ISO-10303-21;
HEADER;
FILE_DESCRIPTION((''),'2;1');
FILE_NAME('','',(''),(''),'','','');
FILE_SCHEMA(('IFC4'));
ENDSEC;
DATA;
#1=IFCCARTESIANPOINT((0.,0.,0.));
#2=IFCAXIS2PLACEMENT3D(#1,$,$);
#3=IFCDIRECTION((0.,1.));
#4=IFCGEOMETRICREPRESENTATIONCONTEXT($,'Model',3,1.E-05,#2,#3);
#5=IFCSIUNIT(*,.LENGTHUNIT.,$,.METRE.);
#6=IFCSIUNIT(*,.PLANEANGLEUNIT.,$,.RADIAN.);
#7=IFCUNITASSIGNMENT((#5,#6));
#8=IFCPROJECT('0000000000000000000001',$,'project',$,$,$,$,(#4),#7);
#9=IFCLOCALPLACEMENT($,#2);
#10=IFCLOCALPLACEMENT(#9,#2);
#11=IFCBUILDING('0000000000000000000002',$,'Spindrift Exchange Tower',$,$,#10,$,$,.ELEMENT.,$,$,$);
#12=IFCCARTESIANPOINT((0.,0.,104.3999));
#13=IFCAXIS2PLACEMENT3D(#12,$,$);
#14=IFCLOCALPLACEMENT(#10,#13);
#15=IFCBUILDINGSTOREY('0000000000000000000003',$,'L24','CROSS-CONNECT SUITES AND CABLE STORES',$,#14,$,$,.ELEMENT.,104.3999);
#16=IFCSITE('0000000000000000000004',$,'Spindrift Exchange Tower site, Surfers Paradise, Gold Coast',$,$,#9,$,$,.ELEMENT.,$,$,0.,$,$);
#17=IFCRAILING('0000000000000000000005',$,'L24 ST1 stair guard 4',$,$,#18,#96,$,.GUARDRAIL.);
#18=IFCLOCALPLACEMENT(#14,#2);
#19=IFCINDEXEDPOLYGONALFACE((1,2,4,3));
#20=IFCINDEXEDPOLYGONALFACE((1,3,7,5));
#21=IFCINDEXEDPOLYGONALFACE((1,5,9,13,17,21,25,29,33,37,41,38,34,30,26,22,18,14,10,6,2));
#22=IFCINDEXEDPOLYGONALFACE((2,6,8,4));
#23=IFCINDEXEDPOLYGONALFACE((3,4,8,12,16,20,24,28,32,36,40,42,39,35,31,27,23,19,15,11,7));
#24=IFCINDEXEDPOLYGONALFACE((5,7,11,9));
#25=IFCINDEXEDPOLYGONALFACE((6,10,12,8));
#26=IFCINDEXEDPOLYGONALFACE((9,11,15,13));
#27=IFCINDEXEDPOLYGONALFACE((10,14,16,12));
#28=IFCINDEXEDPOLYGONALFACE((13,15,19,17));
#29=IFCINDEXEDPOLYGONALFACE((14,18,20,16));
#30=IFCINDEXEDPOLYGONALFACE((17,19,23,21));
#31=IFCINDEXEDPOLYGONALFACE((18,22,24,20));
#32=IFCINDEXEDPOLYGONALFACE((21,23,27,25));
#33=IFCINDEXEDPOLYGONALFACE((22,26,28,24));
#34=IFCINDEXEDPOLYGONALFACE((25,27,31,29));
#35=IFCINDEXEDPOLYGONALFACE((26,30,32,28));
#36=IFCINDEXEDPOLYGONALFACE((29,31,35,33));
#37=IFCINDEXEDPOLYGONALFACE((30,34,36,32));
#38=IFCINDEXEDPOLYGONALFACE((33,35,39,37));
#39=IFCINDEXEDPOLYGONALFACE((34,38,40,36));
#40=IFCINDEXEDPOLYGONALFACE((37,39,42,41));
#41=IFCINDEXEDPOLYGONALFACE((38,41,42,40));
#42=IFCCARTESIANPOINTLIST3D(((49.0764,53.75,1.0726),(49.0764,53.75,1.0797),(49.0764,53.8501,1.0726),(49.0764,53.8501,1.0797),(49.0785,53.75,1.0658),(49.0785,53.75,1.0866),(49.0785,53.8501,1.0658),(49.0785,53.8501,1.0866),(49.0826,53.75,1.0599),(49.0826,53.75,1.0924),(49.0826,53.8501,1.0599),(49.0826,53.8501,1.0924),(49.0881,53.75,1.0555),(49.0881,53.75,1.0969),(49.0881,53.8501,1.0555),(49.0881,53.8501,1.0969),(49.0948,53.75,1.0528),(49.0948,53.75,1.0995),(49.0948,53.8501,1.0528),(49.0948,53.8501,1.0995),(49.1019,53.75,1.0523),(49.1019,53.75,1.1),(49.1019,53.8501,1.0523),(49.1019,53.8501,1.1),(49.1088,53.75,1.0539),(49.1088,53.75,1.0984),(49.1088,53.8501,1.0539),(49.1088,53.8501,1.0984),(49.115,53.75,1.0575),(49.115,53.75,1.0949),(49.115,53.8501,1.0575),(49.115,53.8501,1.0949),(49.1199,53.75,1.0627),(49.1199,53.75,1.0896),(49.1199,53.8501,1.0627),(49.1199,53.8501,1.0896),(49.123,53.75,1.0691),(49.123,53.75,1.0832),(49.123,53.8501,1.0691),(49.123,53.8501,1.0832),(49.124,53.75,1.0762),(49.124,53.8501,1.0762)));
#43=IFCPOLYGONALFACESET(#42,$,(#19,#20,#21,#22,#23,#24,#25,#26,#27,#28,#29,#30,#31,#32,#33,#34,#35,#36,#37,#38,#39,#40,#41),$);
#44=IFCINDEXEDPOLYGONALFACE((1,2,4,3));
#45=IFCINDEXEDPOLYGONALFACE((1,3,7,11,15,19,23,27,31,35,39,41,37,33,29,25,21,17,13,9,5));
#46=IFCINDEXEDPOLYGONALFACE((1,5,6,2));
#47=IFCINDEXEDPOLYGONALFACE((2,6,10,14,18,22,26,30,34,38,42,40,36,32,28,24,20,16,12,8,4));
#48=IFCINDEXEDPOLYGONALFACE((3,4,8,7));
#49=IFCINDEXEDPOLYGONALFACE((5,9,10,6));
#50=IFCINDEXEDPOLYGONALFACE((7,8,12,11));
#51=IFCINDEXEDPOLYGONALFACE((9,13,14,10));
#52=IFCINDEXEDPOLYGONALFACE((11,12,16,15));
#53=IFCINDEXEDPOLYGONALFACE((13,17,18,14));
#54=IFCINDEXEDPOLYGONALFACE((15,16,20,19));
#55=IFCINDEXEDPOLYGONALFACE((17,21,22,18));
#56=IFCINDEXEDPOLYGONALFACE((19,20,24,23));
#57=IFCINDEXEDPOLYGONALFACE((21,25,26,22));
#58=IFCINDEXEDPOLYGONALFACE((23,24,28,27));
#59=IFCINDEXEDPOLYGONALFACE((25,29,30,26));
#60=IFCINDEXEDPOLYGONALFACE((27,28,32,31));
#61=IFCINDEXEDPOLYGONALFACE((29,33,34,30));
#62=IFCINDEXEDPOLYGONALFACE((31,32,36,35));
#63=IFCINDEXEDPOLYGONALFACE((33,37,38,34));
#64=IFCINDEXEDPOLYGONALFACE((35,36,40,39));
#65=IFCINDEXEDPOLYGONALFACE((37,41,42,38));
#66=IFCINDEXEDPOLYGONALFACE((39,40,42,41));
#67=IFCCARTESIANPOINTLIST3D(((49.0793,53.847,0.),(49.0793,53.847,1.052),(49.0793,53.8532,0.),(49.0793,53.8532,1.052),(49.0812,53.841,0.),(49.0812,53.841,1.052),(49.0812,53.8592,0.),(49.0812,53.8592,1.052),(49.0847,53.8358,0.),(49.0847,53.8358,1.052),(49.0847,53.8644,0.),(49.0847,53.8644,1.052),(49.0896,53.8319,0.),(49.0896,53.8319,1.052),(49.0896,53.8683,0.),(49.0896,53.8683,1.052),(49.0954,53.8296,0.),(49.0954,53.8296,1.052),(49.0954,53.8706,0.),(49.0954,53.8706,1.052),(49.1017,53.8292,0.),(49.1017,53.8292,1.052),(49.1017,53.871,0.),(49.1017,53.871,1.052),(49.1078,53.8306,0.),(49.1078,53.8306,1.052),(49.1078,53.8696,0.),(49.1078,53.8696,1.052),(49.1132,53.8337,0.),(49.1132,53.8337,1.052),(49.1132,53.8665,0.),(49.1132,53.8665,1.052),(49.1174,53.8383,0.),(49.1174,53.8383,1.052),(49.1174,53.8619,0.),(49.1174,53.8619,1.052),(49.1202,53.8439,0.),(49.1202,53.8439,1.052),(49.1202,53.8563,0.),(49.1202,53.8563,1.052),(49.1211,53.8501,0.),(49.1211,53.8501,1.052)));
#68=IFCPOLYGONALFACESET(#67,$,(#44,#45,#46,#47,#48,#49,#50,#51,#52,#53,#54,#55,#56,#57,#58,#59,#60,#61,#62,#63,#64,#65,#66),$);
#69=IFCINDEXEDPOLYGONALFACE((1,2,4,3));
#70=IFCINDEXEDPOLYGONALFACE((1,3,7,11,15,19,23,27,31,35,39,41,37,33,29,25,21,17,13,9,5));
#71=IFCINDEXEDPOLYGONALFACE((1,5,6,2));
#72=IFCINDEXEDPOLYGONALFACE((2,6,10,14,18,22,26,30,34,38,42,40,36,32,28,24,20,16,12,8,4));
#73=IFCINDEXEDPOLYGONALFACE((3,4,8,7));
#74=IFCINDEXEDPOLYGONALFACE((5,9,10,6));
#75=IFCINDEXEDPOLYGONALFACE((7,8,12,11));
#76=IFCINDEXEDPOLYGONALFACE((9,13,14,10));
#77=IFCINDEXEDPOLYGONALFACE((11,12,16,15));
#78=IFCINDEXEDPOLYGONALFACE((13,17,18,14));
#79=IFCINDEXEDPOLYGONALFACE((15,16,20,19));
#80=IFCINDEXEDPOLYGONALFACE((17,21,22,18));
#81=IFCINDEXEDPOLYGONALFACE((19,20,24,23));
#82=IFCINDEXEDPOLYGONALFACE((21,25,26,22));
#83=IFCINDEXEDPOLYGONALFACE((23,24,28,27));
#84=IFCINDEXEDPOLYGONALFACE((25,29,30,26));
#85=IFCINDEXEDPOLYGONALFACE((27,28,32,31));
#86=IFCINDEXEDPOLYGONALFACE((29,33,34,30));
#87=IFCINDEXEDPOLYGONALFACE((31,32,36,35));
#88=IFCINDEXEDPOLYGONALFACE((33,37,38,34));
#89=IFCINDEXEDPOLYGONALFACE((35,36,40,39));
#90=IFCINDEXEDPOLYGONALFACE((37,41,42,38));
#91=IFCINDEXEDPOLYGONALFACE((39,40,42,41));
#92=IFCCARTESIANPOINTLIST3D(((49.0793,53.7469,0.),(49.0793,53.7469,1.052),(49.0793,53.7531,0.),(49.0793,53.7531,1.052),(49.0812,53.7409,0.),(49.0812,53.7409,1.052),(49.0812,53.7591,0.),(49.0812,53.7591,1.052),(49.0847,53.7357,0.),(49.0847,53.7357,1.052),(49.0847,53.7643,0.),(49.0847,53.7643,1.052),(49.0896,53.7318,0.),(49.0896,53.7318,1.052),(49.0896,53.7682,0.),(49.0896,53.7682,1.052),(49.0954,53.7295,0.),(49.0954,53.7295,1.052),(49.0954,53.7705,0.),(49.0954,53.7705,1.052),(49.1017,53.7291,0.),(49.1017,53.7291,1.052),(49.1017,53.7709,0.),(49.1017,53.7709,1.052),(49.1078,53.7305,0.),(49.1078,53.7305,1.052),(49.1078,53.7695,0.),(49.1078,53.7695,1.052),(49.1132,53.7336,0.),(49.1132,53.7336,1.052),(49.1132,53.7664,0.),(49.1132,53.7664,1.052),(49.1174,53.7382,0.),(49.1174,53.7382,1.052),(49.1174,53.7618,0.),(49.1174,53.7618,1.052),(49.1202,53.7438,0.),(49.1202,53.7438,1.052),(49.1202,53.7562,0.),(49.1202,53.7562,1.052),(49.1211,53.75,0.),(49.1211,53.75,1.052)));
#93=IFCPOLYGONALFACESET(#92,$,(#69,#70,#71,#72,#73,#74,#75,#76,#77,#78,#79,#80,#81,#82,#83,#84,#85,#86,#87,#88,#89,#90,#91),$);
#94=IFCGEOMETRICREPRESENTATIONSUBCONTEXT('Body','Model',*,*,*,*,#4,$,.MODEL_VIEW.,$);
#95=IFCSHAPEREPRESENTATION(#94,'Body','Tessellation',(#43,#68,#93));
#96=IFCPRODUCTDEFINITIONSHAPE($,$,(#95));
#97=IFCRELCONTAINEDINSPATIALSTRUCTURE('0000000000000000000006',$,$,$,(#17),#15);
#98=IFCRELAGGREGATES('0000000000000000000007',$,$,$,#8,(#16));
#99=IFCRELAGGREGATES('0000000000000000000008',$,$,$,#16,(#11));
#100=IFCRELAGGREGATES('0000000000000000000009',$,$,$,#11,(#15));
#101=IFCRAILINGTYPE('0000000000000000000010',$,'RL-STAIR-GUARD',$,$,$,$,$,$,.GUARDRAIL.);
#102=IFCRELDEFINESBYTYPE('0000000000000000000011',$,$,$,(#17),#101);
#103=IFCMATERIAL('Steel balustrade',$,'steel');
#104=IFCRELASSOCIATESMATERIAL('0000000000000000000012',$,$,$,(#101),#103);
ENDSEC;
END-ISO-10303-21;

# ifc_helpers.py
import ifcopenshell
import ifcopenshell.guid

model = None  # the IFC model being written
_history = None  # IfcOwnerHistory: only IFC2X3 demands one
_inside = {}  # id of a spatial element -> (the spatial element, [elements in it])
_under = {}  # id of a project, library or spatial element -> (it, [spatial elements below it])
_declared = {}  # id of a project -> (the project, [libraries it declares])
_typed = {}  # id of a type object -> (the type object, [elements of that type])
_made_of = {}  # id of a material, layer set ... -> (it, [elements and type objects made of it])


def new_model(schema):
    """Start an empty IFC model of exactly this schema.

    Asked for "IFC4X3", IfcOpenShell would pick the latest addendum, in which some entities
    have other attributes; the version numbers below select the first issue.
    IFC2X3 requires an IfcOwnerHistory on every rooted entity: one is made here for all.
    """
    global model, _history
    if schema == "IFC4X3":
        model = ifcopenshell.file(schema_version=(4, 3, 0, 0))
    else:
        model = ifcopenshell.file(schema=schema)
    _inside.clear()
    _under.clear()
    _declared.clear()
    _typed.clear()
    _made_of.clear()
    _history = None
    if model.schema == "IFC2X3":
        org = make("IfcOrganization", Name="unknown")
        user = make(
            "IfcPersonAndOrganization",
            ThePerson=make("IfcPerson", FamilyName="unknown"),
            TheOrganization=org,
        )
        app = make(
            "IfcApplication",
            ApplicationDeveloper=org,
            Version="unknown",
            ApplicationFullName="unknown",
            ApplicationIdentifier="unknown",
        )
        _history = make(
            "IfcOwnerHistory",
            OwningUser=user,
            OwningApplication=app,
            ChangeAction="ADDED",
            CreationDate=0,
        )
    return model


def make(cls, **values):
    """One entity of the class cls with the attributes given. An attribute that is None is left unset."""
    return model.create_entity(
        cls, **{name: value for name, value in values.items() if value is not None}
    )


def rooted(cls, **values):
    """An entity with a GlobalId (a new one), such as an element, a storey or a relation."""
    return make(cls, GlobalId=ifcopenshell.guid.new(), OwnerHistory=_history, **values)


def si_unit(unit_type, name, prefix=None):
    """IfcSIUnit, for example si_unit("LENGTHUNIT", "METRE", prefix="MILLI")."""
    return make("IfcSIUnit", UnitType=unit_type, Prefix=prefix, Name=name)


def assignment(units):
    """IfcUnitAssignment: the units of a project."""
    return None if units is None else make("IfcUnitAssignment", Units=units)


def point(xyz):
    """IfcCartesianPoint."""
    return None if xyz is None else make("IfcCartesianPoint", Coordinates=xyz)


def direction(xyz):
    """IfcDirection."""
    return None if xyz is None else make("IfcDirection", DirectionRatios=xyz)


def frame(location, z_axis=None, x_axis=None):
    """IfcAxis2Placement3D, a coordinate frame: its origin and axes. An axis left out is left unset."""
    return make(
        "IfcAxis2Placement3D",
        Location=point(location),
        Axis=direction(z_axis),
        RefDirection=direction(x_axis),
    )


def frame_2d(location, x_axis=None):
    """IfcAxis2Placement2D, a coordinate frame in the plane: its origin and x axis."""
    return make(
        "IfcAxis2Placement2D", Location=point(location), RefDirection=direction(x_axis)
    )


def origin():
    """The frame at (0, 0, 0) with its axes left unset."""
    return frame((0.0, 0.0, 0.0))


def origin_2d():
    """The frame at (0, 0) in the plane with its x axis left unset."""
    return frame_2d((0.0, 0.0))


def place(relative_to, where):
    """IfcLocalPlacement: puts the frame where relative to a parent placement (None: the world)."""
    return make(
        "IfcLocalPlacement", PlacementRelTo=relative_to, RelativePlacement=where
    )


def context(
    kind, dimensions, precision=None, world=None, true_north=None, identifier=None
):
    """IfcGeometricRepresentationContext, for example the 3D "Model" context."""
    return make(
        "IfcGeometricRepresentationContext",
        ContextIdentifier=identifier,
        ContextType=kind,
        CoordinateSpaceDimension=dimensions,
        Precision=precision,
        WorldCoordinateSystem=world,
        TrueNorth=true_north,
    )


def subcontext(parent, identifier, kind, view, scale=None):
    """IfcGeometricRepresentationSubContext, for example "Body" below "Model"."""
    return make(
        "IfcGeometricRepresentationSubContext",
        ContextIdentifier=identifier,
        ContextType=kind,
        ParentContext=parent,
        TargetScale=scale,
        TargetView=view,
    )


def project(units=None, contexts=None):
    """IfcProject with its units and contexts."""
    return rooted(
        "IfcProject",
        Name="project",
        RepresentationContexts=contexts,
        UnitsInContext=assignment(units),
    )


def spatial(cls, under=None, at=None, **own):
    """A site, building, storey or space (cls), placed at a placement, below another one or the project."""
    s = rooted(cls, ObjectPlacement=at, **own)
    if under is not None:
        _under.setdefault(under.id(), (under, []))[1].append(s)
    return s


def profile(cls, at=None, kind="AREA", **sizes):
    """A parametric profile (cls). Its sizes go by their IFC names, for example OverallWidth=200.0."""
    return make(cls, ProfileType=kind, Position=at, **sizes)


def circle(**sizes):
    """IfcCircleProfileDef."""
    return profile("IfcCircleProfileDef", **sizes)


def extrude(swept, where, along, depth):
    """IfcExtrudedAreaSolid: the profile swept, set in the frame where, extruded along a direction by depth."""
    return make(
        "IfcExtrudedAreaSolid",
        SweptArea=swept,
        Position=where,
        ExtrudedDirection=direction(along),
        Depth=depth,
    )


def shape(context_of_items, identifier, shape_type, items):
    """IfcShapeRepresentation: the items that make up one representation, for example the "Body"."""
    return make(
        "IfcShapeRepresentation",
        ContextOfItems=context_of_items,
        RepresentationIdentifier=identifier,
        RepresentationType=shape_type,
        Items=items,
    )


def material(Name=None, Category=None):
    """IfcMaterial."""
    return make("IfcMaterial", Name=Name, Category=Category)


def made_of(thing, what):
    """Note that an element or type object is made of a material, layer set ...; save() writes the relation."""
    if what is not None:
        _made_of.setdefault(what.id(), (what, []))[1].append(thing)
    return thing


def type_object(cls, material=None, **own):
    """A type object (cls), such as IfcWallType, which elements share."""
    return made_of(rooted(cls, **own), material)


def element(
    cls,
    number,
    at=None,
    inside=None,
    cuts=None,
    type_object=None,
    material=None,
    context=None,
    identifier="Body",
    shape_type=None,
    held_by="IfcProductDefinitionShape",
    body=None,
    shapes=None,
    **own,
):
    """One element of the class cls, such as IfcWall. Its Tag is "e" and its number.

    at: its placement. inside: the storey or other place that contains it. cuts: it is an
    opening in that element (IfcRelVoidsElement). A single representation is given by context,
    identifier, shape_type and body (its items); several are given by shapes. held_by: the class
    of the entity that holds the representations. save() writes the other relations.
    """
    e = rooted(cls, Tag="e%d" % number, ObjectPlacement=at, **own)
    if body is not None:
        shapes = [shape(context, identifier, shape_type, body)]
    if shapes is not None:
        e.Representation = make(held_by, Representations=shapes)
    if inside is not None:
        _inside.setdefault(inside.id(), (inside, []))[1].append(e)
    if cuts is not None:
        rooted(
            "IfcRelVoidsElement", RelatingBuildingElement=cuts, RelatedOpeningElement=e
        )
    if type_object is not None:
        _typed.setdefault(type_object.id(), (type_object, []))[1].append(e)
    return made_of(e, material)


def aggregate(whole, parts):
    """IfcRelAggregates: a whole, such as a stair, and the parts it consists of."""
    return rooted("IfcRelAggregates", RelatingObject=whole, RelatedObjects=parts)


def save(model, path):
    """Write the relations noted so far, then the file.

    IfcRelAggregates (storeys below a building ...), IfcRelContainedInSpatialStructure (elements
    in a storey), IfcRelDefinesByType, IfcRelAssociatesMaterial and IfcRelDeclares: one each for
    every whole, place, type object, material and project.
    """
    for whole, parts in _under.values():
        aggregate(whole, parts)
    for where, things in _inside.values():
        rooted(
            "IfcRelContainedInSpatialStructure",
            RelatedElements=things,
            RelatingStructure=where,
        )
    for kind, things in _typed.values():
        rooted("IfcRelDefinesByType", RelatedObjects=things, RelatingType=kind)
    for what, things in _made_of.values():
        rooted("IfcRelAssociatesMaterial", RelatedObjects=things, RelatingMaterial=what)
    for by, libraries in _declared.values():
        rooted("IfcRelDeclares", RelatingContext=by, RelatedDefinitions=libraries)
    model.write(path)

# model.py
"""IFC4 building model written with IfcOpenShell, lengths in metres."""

from ifc_helpers import new_model, si_unit, direction, frame, origin, origin_2d, place, context, subcontext, project, spatial, circle, extrude, material, type_object, element, save


model = new_model("IFC4")

# Units and contexts
model_context = context("Model", 3, precision=1e-05, world=origin(), true_north=direction((0.0, 1.0)))
body_context = subcontext(model_context, "Body", "Model", "MODEL_VIEW")
ifc_project = project(units=[si_unit("LENGTHUNIT", "METRE"), si_unit("PLANEANGLEUNIT", "RADIAN")], contexts=[model_context])

# Site, building, storey
site_placement = place(None, origin())
site = spatial("IfcSite", under=ifc_project, at=site_placement, Name="Spindrift Exchange Tower site, Surfers Paradise, Gold Coast", CompositionType="ELEMENT", RefElevation=0.0)
building_placement = place(site_placement, origin())
building = spatial("IfcBuilding", under=site, at=building_placement, Name="Spindrift Exchange Tower", CompositionType="ELEMENT")
storey_placement = place(building_placement, frame((0.0, 0.0, 104.3999)))
storey = spatial("IfcBuildingStorey", under=building, at=storey_placement, Name="L24", Description="CROSS-CONNECT SUITES AND CABLE STORES", CompositionType="ELEMENT", Elevation=104.3999)

# Railing
ifc_material_1 = material(Name="Steel balustrade", Category="steel")
railing_type_1 = type_object("IfcRailingType", Name="RL-STAIR-GUARD", PredefinedType="GUARDRAIL", material=ifc_material_1)
railing_1_placement = place(storey_placement, frame((49.1001, 53.8501, 0.0)))
element("IfcRailing", 1, at=railing_1_placement, inside=storey, type_object=railing_type_1, Name="L24 ST1 stair guard 4", PredefinedType="GUARDRAIL", context=body_context, shape_type="SweptSolid", body=[
    extrude(circle(Radius=0.0239, at=origin_2d()), frame((0.0, 0.0, 1.0762), z_axis=(0.0, -1.0, 0.0), x_axis=(1.0, 0.0, 0.0)), (0.0, 0.0, 1.0), 0.1001),
    extrude(circle(Radius=0.021, at=origin_2d()), origin(), (0.0, 0.0, 1.0), 1.052),
    extrude(circle(Radius=0.021, at=origin_2d()), frame((0.0, -0.1001, 0.0)), (0.0, 0.0, 1.0), 1.052),
])

save(model, "model.ifc")
